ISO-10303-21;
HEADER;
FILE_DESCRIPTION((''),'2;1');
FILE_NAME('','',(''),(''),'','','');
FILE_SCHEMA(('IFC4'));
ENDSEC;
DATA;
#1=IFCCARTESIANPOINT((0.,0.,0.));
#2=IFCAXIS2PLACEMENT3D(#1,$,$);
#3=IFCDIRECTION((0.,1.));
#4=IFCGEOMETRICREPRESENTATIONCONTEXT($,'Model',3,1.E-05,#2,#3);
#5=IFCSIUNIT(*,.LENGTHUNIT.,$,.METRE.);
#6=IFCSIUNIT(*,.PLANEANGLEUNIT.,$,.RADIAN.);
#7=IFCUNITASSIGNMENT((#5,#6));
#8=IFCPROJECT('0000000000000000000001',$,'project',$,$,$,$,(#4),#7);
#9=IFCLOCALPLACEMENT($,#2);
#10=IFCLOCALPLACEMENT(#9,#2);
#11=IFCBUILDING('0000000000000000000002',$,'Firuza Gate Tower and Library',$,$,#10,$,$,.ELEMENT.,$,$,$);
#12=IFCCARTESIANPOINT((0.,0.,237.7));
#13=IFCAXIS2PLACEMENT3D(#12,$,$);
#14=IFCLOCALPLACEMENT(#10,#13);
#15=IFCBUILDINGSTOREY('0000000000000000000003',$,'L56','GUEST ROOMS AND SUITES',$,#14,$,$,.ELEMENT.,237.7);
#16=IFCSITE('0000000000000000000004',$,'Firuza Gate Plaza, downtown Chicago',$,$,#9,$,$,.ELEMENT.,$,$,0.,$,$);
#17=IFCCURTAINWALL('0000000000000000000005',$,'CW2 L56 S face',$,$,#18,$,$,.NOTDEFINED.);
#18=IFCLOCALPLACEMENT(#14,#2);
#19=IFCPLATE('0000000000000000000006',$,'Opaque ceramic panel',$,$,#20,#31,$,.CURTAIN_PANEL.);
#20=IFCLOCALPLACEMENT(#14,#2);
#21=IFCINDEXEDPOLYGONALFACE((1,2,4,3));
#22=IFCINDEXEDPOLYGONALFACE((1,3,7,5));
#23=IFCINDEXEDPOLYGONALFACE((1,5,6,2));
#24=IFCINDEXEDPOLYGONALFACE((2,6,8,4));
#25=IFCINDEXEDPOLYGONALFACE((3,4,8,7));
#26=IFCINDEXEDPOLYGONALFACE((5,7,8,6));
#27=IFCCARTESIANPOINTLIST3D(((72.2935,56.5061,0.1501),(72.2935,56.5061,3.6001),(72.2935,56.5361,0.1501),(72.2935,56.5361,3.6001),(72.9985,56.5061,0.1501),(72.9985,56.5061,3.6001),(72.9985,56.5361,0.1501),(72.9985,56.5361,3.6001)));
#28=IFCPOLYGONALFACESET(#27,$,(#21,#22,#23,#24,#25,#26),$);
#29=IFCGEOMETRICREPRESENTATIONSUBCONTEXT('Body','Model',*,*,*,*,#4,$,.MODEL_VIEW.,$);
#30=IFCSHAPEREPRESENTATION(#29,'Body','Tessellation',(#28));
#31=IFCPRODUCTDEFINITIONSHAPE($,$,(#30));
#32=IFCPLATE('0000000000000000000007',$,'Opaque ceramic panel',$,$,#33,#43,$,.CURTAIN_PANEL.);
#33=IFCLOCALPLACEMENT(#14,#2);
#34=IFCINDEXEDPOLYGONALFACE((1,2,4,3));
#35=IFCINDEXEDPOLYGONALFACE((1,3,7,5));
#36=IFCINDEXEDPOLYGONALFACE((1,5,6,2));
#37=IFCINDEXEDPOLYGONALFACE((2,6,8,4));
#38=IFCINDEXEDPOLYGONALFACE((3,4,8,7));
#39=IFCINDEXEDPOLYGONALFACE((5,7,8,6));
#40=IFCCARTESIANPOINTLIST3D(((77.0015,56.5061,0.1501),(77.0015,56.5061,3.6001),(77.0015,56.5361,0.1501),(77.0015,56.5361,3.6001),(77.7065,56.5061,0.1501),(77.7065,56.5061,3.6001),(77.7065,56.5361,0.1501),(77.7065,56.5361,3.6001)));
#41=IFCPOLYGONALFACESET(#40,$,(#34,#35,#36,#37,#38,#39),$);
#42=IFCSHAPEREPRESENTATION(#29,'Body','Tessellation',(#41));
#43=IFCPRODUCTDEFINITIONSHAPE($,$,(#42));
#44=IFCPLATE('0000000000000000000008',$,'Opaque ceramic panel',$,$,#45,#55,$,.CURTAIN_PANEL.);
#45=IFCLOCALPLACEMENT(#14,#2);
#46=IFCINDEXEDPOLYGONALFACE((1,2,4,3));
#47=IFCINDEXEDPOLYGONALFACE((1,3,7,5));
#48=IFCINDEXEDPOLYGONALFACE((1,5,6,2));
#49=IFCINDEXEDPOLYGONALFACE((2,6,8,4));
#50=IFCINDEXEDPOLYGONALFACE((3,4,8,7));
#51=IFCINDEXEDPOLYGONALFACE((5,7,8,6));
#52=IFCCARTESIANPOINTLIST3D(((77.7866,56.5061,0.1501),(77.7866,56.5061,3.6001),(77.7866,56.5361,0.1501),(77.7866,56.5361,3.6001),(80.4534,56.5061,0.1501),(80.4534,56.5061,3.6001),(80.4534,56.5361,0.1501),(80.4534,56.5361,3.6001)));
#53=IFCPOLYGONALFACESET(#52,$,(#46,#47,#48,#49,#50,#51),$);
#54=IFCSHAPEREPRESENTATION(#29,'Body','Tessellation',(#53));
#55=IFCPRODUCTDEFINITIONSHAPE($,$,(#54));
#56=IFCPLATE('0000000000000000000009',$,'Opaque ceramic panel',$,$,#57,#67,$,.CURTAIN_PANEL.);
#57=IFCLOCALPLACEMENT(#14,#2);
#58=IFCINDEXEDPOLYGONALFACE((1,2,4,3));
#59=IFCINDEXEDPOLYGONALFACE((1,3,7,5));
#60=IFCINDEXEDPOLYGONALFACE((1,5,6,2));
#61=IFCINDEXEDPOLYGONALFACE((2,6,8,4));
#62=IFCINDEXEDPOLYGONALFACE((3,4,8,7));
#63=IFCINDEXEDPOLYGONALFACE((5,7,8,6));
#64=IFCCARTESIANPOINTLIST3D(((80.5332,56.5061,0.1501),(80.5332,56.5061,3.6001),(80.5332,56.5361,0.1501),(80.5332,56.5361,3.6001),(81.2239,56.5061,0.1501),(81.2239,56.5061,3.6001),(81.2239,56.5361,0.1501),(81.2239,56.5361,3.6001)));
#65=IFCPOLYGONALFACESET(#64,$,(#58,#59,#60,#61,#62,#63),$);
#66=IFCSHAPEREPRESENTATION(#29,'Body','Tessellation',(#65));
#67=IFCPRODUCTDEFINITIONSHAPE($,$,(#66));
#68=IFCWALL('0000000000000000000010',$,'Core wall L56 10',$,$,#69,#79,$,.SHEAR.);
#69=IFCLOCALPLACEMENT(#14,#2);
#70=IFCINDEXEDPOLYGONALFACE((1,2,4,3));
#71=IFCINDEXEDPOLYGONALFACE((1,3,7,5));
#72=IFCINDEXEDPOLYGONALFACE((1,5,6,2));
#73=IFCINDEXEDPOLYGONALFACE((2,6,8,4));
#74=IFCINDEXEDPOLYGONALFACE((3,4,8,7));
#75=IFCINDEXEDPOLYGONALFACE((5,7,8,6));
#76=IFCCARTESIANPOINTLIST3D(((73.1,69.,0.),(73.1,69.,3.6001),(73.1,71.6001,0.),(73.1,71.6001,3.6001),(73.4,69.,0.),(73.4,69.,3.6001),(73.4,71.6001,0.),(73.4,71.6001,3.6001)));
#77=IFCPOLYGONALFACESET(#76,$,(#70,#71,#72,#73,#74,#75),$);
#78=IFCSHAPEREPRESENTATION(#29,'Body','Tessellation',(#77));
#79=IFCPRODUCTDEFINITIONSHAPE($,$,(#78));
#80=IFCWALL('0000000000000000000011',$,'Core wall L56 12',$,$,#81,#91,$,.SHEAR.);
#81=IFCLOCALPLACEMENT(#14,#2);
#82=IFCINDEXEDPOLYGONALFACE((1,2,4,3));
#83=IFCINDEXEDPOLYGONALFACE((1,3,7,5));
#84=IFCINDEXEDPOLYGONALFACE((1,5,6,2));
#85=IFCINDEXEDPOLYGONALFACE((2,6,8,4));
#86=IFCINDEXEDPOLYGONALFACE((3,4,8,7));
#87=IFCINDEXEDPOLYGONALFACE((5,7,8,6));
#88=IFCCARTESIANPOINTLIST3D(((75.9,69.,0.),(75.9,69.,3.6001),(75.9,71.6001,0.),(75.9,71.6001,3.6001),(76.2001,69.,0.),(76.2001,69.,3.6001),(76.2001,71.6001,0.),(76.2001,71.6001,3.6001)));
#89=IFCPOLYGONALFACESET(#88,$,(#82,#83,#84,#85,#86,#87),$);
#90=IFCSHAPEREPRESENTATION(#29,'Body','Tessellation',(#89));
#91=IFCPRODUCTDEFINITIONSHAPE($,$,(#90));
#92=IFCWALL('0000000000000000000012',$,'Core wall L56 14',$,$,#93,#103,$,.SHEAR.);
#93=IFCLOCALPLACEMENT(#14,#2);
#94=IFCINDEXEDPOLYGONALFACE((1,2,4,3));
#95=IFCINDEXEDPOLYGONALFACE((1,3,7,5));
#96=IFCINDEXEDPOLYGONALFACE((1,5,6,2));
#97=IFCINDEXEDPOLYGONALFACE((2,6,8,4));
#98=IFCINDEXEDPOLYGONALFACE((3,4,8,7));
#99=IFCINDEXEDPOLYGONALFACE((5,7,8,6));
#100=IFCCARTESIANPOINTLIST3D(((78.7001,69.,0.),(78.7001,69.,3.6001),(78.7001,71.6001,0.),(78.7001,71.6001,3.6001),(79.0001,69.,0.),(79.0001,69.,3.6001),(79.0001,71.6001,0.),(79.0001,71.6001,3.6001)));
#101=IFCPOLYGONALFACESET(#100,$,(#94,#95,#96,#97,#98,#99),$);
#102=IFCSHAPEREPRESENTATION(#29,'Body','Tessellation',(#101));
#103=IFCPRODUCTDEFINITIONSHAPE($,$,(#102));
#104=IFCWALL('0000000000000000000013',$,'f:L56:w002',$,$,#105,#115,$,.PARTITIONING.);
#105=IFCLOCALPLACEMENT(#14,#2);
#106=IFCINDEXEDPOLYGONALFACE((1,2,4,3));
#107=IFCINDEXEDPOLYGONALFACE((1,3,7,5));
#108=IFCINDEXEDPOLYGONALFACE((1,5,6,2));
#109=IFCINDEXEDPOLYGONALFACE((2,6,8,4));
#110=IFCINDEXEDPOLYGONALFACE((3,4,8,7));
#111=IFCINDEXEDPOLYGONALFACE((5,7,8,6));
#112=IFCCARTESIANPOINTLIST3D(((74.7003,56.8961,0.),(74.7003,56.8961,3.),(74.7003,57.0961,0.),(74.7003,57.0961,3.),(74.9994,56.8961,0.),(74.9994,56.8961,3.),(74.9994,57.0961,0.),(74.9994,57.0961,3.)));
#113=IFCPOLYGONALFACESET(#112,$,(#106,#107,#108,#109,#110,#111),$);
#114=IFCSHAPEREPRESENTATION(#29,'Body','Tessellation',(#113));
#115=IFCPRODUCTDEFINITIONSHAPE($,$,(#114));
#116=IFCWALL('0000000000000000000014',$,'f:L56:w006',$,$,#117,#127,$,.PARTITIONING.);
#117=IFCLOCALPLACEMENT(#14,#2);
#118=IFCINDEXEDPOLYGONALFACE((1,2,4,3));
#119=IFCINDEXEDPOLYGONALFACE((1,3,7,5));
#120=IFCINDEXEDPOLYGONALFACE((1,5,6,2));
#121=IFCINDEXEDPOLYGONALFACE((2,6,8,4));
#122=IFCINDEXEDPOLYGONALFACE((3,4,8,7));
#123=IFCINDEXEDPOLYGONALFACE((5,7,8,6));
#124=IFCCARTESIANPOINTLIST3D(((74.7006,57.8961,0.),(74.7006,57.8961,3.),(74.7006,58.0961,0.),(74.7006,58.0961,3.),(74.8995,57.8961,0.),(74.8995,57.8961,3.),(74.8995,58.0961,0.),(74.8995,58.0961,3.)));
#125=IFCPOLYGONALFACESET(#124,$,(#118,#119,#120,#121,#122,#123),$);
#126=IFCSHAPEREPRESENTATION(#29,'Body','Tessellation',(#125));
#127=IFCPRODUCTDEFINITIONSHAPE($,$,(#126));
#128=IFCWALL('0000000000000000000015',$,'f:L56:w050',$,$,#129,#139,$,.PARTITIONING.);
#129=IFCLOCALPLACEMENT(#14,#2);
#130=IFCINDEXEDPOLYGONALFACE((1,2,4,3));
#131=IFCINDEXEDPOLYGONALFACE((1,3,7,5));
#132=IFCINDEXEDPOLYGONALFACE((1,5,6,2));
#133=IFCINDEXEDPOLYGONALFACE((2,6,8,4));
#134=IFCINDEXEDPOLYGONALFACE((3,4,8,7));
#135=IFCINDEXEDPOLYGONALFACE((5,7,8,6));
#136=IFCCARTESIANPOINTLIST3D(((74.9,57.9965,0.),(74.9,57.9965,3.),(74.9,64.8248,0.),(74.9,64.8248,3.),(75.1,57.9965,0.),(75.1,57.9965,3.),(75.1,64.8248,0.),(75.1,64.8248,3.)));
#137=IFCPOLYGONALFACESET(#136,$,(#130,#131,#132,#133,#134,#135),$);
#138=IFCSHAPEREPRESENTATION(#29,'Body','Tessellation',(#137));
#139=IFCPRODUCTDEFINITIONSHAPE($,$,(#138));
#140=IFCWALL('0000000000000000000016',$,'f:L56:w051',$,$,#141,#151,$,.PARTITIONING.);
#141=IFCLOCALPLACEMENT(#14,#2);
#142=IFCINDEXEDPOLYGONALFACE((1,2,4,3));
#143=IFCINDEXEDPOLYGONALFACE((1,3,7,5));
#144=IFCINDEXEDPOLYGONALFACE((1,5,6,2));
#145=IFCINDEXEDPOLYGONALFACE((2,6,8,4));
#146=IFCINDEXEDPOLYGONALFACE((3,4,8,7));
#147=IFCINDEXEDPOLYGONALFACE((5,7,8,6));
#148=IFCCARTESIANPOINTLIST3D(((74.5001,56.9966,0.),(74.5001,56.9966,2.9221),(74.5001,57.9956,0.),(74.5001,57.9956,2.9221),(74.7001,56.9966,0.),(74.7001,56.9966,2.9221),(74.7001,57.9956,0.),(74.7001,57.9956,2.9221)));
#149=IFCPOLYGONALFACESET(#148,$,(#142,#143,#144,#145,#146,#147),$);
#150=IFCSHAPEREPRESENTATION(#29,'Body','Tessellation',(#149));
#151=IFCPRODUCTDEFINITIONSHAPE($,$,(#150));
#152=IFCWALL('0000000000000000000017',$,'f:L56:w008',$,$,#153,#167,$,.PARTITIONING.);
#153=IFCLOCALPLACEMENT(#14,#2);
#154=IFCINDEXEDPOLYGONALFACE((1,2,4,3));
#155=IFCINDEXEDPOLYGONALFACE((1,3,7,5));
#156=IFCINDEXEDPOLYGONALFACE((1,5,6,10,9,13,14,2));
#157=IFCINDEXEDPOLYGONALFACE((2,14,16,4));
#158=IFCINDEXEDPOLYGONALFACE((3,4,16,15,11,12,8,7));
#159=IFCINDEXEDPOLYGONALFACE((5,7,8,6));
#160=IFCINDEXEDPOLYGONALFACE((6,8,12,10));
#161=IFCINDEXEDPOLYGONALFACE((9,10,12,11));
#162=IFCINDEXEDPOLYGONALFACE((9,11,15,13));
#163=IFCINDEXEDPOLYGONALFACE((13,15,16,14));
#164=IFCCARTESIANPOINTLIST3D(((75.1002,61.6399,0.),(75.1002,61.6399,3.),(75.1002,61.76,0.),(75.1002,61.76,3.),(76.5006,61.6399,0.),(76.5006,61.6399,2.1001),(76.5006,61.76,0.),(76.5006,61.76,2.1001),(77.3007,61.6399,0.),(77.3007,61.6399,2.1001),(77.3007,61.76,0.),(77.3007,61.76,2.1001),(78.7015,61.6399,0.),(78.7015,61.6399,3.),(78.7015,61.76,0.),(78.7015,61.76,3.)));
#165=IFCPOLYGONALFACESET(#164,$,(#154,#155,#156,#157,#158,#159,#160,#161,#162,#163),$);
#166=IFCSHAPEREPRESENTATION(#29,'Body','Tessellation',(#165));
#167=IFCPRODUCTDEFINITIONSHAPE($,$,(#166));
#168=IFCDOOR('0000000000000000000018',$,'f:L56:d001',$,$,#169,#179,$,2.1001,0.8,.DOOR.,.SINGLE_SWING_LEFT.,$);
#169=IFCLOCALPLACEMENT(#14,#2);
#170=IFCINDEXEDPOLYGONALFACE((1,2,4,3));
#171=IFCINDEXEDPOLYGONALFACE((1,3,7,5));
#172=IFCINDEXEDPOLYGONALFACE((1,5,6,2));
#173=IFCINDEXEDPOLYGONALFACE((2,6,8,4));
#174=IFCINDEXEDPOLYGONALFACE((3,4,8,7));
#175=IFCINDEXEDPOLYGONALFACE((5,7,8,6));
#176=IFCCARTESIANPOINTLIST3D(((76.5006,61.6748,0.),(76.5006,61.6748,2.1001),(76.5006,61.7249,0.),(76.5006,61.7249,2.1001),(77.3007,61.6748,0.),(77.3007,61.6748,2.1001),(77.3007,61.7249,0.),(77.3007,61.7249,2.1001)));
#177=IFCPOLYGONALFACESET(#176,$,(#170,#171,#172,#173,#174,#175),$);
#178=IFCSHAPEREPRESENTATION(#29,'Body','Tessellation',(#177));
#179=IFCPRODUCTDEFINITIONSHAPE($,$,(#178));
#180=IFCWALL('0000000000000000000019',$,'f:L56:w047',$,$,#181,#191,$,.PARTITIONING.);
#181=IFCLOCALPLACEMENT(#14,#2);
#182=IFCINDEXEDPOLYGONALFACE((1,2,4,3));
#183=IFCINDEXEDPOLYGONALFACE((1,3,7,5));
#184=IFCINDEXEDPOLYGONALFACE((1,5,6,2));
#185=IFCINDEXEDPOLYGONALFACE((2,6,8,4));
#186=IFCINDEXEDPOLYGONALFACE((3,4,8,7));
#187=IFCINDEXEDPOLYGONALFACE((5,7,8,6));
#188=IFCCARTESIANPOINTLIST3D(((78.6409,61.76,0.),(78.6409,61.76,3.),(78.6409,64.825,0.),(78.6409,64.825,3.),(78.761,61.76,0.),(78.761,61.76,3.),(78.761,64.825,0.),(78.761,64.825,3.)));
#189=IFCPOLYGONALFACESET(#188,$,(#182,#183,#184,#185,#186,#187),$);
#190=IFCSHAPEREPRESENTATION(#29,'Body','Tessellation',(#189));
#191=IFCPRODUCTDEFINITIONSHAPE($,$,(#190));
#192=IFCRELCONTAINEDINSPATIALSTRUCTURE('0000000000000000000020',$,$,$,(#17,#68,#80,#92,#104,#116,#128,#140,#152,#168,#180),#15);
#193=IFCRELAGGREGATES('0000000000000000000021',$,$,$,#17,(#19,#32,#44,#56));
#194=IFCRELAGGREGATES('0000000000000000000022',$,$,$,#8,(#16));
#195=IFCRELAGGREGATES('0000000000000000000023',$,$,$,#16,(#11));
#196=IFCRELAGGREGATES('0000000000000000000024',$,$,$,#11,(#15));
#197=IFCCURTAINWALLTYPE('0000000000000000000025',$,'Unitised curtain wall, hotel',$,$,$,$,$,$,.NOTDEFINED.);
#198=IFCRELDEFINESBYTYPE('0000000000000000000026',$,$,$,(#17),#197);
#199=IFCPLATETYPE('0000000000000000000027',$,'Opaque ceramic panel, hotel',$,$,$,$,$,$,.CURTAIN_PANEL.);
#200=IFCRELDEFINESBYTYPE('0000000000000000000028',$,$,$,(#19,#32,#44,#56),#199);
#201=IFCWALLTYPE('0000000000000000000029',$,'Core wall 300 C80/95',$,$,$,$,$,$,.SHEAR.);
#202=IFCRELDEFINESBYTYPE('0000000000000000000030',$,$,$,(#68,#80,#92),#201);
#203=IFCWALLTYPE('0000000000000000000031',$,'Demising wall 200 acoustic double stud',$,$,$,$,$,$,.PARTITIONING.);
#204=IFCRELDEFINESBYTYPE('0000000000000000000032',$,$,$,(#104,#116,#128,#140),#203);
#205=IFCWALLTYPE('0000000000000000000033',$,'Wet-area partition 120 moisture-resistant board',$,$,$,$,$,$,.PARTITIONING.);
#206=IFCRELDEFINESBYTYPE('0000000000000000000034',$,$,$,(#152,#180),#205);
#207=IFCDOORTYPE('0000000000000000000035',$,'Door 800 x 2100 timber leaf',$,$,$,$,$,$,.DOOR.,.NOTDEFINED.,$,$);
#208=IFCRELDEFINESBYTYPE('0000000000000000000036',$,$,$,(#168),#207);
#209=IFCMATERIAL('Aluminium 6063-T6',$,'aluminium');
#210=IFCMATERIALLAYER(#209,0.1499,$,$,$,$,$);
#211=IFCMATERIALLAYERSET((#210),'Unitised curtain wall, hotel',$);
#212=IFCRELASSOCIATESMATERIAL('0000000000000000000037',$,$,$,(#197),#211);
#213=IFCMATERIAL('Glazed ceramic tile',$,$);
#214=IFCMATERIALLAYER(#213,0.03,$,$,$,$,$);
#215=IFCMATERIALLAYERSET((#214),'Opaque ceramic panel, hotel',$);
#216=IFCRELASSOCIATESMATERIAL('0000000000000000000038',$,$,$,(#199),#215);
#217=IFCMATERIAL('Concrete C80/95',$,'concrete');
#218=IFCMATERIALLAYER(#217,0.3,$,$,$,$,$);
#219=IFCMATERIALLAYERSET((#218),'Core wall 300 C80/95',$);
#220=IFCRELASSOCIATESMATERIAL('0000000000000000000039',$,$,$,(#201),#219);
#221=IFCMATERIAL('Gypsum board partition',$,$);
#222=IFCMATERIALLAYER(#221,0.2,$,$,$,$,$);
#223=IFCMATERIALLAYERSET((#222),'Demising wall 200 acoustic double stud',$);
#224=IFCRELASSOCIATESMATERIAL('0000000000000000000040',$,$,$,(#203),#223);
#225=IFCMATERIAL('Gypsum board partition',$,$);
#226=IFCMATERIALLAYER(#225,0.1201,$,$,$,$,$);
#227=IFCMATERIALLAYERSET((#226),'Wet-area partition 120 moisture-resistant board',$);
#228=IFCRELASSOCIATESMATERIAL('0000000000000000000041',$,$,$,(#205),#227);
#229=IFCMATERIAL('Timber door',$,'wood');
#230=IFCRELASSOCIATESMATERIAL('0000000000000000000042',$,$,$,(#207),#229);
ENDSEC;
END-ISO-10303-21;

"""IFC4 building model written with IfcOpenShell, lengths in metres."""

from ifc_helpers import new_model, si_unit, direction, frame, frame_2d, origin, place, context, subcontext, project, spatial, polyline, rectangle, outline, extrude, material, layer, layer_set, type_object, element, fill, aggregate, save


model = new_model("IFC4")

# Units and contexts
model_context = context("Model", 3, precision=1e-05, world=origin(), true_north=direction((0.0, 1.0)))
body_context = subcontext(model_context, "Body", "Model", "MODEL_VIEW")
ifc_project = project(units=[si_unit("LENGTHUNIT", "METRE"), si_unit("PLANEANGLEUNIT", "RADIAN")], contexts=[model_context])

# Site, building, storey
site_placement = place(None, origin())
site = spatial("IfcSite", under=ifc_project, at=site_placement, Name="Firuza Gate Plaza, downtown Chicago", CompositionType="ELEMENT", RefElevation=0.0)
building_placement = place(site_placement, origin())
building = spatial("IfcBuilding", under=site, at=building_placement, Name="Firuza Gate Tower and Library", CompositionType="ELEMENT")
storey_placement = place(building_placement, frame((0.0, 0.0, 237.7)))
storey = spatial("IfcBuildingStorey", under=building, at=storey_placement, Name="L56", Description="GUEST ROOMS AND SUITES", CompositionType="ELEMENT", Elevation=237.7)

# Curtain wall
ifc_material_1 = material(Name="Aluminium 6063-T6", Category="aluminium")
ifc_layer_1 = layer(ifc_material_1, 0.1499)
ifc_layer_set_1 = layer_set([ifc_layer_1], Name="Unitised curtain wall, hotel")
curtain_wall_type = type_object("IfcCurtainWallType", Name="Unitised curtain wall, hotel", PredefinedType="NOTDEFINED", material=ifc_layer_set_1)
curtain_wall_placement = place(storey_placement, origin())
curtain_wall = element("IfcCurtainWall", 1, at=curtain_wall_placement, inside=storey, type_object=curtain_wall_type, Name="CW2 L56 S face", PredefinedType="NOTDEFINED")

# Plates
ifc_material_2 = material(Name="Glazed ceramic tile")
ifc_layer_2 = layer(ifc_material_2, 0.03)
ifc_layer_set_2 = layer_set([ifc_layer_2], Name="Opaque ceramic panel, hotel")
plate_type_1 = type_object("IfcPlateType", Name="Opaque ceramic panel, hotel", PredefinedType="CURTAIN_PANEL", material=ifc_layer_set_2)
plate_1_placement = place(storey_placement, frame((72.2935, 56.5061, 0.1501), z_axis=(0.0, -1.0, 0.0), x_axis=(1.0, 0.0, 0.0)))
plate_1 = element("IfcPlate", 2, at=plate_1_placement, type_object=plate_type_1, Name="Opaque ceramic panel", PredefinedType="CURTAIN_PANEL", context=body_context, shape_type="SweptSolid", body=[
    extrude(outline(polyline([(0.0, 0.0), (0.7051, 0.0), (0.7051, 3.45), (0.0, 3.45), (0.0, 0.0)])), origin(), (0.0, 0.0, -1.0), 0.03),
])
plate_2_placement = place(storey_placement, frame((77.0015, 56.5061, 0.1501), z_axis=(0.0, -1.0, 0.0), x_axis=(1.0, 0.0, 0.0)))
plate_2 = element("IfcPlate", 3, at=plate_2_placement, type_object=plate_type_1, Name="Opaque ceramic panel", PredefinedType="CURTAIN_PANEL", context=body_context, shape_type="SweptSolid", body=[
    extrude(outline(polyline([(0.0, 0.0), (0.7051, 0.0), (0.7051, 3.45), (0.0, 3.45), (0.0, 0.0)])), origin(), (0.0, 0.0, -1.0), 0.03),
])
plate_3_placement = place(storey_placement, frame((77.7866, 56.5061, 0.1501), z_axis=(0.0, -1.0, 0.0), x_axis=(1.0, 0.0, 0.0)))
plate_3 = element("IfcPlate", 4, at=plate_3_placement, type_object=plate_type_1, Name="Opaque ceramic panel", PredefinedType="CURTAIN_PANEL", context=body_context, shape_type="SweptSolid", body=[
    extrude(outline(polyline([(0.0, 0.0), (2.6667, 0.0), (2.6667, 3.45), (0.0, 3.45), (0.0, 0.0)])), origin(), (0.0, 0.0, -1.0), 0.03),
])
plate_4_placement = place(storey_placement, frame((80.5332, 56.5061, 0.1501), z_axis=(0.0, -1.0, 0.0), x_axis=(1.0, 0.0, 0.0)))
plate_4 = element("IfcPlate", 5, at=plate_4_placement, type_object=plate_type_1, Name="Opaque ceramic panel", PredefinedType="CURTAIN_PANEL", context=body_context, shape_type="SweptSolid", body=[
    extrude(outline(polyline([(0.0, 0.0), (0.6907, 0.0), (0.6907, 3.45), (0.0, 3.45), (0.0, 0.0)])), origin(), (0.0, 0.0, -1.0), 0.03),
])
aggregate(curtain_wall, [plate_1, plate_2, plate_3, plate_4])

# Walls
ifc_material_3 = material(Name="Concrete C80/95", Category="concrete")
ifc_layer_3 = layer(ifc_material_3, 0.3)
ifc_layer_set_3 = layer_set([ifc_layer_3], Name="Core wall 300 C80/95")
wall_type_1 = type_object("IfcWallType", Name="Core wall 300 C80/95", PredefinedType="SHEAR", material=ifc_layer_set_3)
for number, where, z_axis, x_axis, name in (
    (6, (73.25, 69.0, 0.0), (0.0, 0.0, 1.0), (0.0, 1.0, 0.0), "Core wall L56 10"),
    (7, (76.05, 69.0, 0.0), (0.0, 0.0, 1.0), (0.0, 1.0, 0.0), "Core wall L56 12"),
    (8, (78.8501, 69.0, 0.0), (0.0, 0.0, 1.0), (0.0, 1.0, 0.0), "Core wall L56 14"),
):
    element("IfcWall", number, at=place(storey_placement, frame(where, z_axis=z_axis, x_axis=x_axis)), inside=storey, type_object=wall_type_1, Name=name, PredefinedType="SHEAR", context=body_context, shape_type="SweptSolid", body=[
        extrude(rectangle(XDim=2.6001, YDim=0.3, at=frame_2d((1.3, 0.0))), origin(), (0.0, 0.0, 1.0), 3.6001),
    ])
ifc_material_4 = material(Name="Gypsum board partition")
ifc_layer_4 = layer(ifc_material_4, 0.2)
ifc_layer_set_4 = layer_set([ifc_layer_4], Name="Demising wall 200 acoustic double stud")
wall_type_2 = type_object("IfcWallType", Name="Demising wall 200 acoustic double stud", PredefinedType="PARTITIONING", material=ifc_layer_set_4)
wall_1_placement = place(storey_placement, frame((74.7004, 56.9961, 0.0), z_axis=(0.0, 0.0, 1.0), x_axis=(1.0, 0.0, 0.0)))
element("IfcWall", 9, at=wall_1_placement, inside=storey, type_object=wall_type_2, Name="f:L56:w002", PredefinedType="PARTITIONING", context=body_context, shape_type="SweptSolid", body=[
    extrude(rectangle(XDim=0.2991, YDim=0.2, at=frame_2d((0.1494, 0.0))), origin(), (0.0, 0.0, 1.0), 3.0),
])
wall_2_placement = place(storey_placement, frame((74.7004, 57.9961, 0.0), z_axis=(0.0, 0.0, 1.0), x_axis=(1.0, 0.0, 0.0)))
element("IfcWall", 10, at=wall_2_placement, inside=storey, type_object=wall_type_2, Name="f:L56:w006", PredefinedType="PARTITIONING", context=body_context, shape_type="SweptSolid", body=[
    extrude(rectangle(XDim=0.199, YDim=0.2, at=frame_2d((0.0996, 0.0))), origin(), (0.0, 0.0, 1.0), 3.0),
])
wall_3_placement = place(storey_placement, frame((75.0, 57.9966, 0.0), z_axis=(0.0, 0.0, 1.0), x_axis=(0.0, 1.0, 0.0)))
element("IfcWall", 11, at=wall_3_placement, inside=storey, type_object=wall_type_2, Name="f:L56:w050", PredefinedType="PARTITIONING", context=body_context, shape_type="SweptSolid", body=[
    extrude(rectangle(XDim=6.8284, YDim=0.2, at=frame_2d((3.4141, 0.0))), origin(), (0.0, 0.0, 1.0), 3.0),
])
wall_4_placement = place(storey_placement, frame((74.6001, 56.9966, 0.0), z_axis=(0.0, 0.0, 1.0), x_axis=(0.0, 1.0, 0.0)))
element("IfcWall", 12, at=wall_4_placement, inside=storey, type_object=wall_type_2, Name="f:L56:w051", PredefinedType="PARTITIONING", context=body_context, shape_type="SweptSolid", body=[
    extrude(rectangle(XDim=0.999, YDim=0.2, at=frame_2d((0.4995, 0.0))), origin(), (0.0, 0.0, 1.0), 2.9221),
])

# Wall, opening, door
ifc_material_5 = material(Name="Gypsum board partition")
ifc_layer_5 = layer(ifc_material_5, 0.1201)
ifc_layer_set_5 = layer_set([ifc_layer_5], Name="Wet-area partition 120 moisture-resistant board")
wall_type_3 = type_object("IfcWallType", Name="Wet-area partition 120 moisture-resistant board", PredefinedType="PARTITIONING", material=ifc_layer_set_5)
wall_5_placement = place(storey_placement, frame((75.1001, 61.7, 0.0), z_axis=(0.0, 0.0, 1.0), x_axis=(1.0, 0.0, 0.0)))
wall_5 = element("IfcWall", 13, at=wall_5_placement, inside=storey, type_object=wall_type_3, Name="f:L56:w008", PredefinedType="PARTITIONING", context=body_context, shape_type="SweptSolid", body=[
    extrude(rectangle(XDim=3.6013, YDim=0.1201, at=frame_2d((1.8008, 0.0))), origin(), (0.0, 0.0, 1.0), 3.0),
])
opening_placement = place(wall_5_placement, frame((1.4006, 0.0, 0.0)))
opening = element("IfcOpeningElement", 14, at=opening_placement, cuts=wall_5, PredefinedType="OPENING", context=body_context, shape_type="SweptSolid", body=[
    extrude(rectangle(XDim=0.8, YDim=2.1001, at=frame_2d((0.3999, 1.05))), frame((0.0, 0.0701, 0.0), z_axis=(0.0, -1.0, 0.0), x_axis=(1.0, 0.0, 0.0)), (0.0, 0.0, 1.0), 0.1401),
])
ifc_material_6 = material(Name="Timber door", Category="wood")
door_type = type_object("IfcDoorType", Name="Door 800 x 2100 timber leaf", OperationType="NOTDEFINED", PredefinedType="DOOR", material=ifc_material_6)
door_placement = place(opening_placement, origin())
door = element("IfcDoor", 15, at=door_placement, inside=storey, type_object=door_type, Name="f:L56:d001", OperationType="SINGLE_SWING_LEFT", OverallHeight=2.1001, OverallWidth=0.8, PredefinedType="DOOR", context=body_context, shape_type="SweptSolid", body=[
    extrude(rectangle(XDim=0.8, YDim=2.1001, at=frame_2d((0.3999, 1.05))), frame((0.0, 0.0249, 0.0), z_axis=(0.0, -1.0, 0.0), x_axis=(1.0, 0.0, 0.0)), (0.0, 0.0, 1.0), 0.05),
])
fill(opening, door)

# Wall
wall_6_placement = place(storey_placement, frame((78.7009, 61.76, 0.0), z_axis=(0.0, 0.0, 1.0), x_axis=(0.0, 1.0, 0.0)))
element("IfcWall", 16, at=wall_6_placement, inside=storey, type_object=wall_type_3, Name="f:L56:w047", PredefinedType="PARTITIONING", context=body_context, shape_type="SweptSolid", body=[
    extrude(rectangle(XDim=3.0649, YDim=0.1201, at=frame_2d((1.5325, 0.0))), origin(), (0.0, 0.0, 1.0), 3.0),
])

save(model, "model.ifc")
